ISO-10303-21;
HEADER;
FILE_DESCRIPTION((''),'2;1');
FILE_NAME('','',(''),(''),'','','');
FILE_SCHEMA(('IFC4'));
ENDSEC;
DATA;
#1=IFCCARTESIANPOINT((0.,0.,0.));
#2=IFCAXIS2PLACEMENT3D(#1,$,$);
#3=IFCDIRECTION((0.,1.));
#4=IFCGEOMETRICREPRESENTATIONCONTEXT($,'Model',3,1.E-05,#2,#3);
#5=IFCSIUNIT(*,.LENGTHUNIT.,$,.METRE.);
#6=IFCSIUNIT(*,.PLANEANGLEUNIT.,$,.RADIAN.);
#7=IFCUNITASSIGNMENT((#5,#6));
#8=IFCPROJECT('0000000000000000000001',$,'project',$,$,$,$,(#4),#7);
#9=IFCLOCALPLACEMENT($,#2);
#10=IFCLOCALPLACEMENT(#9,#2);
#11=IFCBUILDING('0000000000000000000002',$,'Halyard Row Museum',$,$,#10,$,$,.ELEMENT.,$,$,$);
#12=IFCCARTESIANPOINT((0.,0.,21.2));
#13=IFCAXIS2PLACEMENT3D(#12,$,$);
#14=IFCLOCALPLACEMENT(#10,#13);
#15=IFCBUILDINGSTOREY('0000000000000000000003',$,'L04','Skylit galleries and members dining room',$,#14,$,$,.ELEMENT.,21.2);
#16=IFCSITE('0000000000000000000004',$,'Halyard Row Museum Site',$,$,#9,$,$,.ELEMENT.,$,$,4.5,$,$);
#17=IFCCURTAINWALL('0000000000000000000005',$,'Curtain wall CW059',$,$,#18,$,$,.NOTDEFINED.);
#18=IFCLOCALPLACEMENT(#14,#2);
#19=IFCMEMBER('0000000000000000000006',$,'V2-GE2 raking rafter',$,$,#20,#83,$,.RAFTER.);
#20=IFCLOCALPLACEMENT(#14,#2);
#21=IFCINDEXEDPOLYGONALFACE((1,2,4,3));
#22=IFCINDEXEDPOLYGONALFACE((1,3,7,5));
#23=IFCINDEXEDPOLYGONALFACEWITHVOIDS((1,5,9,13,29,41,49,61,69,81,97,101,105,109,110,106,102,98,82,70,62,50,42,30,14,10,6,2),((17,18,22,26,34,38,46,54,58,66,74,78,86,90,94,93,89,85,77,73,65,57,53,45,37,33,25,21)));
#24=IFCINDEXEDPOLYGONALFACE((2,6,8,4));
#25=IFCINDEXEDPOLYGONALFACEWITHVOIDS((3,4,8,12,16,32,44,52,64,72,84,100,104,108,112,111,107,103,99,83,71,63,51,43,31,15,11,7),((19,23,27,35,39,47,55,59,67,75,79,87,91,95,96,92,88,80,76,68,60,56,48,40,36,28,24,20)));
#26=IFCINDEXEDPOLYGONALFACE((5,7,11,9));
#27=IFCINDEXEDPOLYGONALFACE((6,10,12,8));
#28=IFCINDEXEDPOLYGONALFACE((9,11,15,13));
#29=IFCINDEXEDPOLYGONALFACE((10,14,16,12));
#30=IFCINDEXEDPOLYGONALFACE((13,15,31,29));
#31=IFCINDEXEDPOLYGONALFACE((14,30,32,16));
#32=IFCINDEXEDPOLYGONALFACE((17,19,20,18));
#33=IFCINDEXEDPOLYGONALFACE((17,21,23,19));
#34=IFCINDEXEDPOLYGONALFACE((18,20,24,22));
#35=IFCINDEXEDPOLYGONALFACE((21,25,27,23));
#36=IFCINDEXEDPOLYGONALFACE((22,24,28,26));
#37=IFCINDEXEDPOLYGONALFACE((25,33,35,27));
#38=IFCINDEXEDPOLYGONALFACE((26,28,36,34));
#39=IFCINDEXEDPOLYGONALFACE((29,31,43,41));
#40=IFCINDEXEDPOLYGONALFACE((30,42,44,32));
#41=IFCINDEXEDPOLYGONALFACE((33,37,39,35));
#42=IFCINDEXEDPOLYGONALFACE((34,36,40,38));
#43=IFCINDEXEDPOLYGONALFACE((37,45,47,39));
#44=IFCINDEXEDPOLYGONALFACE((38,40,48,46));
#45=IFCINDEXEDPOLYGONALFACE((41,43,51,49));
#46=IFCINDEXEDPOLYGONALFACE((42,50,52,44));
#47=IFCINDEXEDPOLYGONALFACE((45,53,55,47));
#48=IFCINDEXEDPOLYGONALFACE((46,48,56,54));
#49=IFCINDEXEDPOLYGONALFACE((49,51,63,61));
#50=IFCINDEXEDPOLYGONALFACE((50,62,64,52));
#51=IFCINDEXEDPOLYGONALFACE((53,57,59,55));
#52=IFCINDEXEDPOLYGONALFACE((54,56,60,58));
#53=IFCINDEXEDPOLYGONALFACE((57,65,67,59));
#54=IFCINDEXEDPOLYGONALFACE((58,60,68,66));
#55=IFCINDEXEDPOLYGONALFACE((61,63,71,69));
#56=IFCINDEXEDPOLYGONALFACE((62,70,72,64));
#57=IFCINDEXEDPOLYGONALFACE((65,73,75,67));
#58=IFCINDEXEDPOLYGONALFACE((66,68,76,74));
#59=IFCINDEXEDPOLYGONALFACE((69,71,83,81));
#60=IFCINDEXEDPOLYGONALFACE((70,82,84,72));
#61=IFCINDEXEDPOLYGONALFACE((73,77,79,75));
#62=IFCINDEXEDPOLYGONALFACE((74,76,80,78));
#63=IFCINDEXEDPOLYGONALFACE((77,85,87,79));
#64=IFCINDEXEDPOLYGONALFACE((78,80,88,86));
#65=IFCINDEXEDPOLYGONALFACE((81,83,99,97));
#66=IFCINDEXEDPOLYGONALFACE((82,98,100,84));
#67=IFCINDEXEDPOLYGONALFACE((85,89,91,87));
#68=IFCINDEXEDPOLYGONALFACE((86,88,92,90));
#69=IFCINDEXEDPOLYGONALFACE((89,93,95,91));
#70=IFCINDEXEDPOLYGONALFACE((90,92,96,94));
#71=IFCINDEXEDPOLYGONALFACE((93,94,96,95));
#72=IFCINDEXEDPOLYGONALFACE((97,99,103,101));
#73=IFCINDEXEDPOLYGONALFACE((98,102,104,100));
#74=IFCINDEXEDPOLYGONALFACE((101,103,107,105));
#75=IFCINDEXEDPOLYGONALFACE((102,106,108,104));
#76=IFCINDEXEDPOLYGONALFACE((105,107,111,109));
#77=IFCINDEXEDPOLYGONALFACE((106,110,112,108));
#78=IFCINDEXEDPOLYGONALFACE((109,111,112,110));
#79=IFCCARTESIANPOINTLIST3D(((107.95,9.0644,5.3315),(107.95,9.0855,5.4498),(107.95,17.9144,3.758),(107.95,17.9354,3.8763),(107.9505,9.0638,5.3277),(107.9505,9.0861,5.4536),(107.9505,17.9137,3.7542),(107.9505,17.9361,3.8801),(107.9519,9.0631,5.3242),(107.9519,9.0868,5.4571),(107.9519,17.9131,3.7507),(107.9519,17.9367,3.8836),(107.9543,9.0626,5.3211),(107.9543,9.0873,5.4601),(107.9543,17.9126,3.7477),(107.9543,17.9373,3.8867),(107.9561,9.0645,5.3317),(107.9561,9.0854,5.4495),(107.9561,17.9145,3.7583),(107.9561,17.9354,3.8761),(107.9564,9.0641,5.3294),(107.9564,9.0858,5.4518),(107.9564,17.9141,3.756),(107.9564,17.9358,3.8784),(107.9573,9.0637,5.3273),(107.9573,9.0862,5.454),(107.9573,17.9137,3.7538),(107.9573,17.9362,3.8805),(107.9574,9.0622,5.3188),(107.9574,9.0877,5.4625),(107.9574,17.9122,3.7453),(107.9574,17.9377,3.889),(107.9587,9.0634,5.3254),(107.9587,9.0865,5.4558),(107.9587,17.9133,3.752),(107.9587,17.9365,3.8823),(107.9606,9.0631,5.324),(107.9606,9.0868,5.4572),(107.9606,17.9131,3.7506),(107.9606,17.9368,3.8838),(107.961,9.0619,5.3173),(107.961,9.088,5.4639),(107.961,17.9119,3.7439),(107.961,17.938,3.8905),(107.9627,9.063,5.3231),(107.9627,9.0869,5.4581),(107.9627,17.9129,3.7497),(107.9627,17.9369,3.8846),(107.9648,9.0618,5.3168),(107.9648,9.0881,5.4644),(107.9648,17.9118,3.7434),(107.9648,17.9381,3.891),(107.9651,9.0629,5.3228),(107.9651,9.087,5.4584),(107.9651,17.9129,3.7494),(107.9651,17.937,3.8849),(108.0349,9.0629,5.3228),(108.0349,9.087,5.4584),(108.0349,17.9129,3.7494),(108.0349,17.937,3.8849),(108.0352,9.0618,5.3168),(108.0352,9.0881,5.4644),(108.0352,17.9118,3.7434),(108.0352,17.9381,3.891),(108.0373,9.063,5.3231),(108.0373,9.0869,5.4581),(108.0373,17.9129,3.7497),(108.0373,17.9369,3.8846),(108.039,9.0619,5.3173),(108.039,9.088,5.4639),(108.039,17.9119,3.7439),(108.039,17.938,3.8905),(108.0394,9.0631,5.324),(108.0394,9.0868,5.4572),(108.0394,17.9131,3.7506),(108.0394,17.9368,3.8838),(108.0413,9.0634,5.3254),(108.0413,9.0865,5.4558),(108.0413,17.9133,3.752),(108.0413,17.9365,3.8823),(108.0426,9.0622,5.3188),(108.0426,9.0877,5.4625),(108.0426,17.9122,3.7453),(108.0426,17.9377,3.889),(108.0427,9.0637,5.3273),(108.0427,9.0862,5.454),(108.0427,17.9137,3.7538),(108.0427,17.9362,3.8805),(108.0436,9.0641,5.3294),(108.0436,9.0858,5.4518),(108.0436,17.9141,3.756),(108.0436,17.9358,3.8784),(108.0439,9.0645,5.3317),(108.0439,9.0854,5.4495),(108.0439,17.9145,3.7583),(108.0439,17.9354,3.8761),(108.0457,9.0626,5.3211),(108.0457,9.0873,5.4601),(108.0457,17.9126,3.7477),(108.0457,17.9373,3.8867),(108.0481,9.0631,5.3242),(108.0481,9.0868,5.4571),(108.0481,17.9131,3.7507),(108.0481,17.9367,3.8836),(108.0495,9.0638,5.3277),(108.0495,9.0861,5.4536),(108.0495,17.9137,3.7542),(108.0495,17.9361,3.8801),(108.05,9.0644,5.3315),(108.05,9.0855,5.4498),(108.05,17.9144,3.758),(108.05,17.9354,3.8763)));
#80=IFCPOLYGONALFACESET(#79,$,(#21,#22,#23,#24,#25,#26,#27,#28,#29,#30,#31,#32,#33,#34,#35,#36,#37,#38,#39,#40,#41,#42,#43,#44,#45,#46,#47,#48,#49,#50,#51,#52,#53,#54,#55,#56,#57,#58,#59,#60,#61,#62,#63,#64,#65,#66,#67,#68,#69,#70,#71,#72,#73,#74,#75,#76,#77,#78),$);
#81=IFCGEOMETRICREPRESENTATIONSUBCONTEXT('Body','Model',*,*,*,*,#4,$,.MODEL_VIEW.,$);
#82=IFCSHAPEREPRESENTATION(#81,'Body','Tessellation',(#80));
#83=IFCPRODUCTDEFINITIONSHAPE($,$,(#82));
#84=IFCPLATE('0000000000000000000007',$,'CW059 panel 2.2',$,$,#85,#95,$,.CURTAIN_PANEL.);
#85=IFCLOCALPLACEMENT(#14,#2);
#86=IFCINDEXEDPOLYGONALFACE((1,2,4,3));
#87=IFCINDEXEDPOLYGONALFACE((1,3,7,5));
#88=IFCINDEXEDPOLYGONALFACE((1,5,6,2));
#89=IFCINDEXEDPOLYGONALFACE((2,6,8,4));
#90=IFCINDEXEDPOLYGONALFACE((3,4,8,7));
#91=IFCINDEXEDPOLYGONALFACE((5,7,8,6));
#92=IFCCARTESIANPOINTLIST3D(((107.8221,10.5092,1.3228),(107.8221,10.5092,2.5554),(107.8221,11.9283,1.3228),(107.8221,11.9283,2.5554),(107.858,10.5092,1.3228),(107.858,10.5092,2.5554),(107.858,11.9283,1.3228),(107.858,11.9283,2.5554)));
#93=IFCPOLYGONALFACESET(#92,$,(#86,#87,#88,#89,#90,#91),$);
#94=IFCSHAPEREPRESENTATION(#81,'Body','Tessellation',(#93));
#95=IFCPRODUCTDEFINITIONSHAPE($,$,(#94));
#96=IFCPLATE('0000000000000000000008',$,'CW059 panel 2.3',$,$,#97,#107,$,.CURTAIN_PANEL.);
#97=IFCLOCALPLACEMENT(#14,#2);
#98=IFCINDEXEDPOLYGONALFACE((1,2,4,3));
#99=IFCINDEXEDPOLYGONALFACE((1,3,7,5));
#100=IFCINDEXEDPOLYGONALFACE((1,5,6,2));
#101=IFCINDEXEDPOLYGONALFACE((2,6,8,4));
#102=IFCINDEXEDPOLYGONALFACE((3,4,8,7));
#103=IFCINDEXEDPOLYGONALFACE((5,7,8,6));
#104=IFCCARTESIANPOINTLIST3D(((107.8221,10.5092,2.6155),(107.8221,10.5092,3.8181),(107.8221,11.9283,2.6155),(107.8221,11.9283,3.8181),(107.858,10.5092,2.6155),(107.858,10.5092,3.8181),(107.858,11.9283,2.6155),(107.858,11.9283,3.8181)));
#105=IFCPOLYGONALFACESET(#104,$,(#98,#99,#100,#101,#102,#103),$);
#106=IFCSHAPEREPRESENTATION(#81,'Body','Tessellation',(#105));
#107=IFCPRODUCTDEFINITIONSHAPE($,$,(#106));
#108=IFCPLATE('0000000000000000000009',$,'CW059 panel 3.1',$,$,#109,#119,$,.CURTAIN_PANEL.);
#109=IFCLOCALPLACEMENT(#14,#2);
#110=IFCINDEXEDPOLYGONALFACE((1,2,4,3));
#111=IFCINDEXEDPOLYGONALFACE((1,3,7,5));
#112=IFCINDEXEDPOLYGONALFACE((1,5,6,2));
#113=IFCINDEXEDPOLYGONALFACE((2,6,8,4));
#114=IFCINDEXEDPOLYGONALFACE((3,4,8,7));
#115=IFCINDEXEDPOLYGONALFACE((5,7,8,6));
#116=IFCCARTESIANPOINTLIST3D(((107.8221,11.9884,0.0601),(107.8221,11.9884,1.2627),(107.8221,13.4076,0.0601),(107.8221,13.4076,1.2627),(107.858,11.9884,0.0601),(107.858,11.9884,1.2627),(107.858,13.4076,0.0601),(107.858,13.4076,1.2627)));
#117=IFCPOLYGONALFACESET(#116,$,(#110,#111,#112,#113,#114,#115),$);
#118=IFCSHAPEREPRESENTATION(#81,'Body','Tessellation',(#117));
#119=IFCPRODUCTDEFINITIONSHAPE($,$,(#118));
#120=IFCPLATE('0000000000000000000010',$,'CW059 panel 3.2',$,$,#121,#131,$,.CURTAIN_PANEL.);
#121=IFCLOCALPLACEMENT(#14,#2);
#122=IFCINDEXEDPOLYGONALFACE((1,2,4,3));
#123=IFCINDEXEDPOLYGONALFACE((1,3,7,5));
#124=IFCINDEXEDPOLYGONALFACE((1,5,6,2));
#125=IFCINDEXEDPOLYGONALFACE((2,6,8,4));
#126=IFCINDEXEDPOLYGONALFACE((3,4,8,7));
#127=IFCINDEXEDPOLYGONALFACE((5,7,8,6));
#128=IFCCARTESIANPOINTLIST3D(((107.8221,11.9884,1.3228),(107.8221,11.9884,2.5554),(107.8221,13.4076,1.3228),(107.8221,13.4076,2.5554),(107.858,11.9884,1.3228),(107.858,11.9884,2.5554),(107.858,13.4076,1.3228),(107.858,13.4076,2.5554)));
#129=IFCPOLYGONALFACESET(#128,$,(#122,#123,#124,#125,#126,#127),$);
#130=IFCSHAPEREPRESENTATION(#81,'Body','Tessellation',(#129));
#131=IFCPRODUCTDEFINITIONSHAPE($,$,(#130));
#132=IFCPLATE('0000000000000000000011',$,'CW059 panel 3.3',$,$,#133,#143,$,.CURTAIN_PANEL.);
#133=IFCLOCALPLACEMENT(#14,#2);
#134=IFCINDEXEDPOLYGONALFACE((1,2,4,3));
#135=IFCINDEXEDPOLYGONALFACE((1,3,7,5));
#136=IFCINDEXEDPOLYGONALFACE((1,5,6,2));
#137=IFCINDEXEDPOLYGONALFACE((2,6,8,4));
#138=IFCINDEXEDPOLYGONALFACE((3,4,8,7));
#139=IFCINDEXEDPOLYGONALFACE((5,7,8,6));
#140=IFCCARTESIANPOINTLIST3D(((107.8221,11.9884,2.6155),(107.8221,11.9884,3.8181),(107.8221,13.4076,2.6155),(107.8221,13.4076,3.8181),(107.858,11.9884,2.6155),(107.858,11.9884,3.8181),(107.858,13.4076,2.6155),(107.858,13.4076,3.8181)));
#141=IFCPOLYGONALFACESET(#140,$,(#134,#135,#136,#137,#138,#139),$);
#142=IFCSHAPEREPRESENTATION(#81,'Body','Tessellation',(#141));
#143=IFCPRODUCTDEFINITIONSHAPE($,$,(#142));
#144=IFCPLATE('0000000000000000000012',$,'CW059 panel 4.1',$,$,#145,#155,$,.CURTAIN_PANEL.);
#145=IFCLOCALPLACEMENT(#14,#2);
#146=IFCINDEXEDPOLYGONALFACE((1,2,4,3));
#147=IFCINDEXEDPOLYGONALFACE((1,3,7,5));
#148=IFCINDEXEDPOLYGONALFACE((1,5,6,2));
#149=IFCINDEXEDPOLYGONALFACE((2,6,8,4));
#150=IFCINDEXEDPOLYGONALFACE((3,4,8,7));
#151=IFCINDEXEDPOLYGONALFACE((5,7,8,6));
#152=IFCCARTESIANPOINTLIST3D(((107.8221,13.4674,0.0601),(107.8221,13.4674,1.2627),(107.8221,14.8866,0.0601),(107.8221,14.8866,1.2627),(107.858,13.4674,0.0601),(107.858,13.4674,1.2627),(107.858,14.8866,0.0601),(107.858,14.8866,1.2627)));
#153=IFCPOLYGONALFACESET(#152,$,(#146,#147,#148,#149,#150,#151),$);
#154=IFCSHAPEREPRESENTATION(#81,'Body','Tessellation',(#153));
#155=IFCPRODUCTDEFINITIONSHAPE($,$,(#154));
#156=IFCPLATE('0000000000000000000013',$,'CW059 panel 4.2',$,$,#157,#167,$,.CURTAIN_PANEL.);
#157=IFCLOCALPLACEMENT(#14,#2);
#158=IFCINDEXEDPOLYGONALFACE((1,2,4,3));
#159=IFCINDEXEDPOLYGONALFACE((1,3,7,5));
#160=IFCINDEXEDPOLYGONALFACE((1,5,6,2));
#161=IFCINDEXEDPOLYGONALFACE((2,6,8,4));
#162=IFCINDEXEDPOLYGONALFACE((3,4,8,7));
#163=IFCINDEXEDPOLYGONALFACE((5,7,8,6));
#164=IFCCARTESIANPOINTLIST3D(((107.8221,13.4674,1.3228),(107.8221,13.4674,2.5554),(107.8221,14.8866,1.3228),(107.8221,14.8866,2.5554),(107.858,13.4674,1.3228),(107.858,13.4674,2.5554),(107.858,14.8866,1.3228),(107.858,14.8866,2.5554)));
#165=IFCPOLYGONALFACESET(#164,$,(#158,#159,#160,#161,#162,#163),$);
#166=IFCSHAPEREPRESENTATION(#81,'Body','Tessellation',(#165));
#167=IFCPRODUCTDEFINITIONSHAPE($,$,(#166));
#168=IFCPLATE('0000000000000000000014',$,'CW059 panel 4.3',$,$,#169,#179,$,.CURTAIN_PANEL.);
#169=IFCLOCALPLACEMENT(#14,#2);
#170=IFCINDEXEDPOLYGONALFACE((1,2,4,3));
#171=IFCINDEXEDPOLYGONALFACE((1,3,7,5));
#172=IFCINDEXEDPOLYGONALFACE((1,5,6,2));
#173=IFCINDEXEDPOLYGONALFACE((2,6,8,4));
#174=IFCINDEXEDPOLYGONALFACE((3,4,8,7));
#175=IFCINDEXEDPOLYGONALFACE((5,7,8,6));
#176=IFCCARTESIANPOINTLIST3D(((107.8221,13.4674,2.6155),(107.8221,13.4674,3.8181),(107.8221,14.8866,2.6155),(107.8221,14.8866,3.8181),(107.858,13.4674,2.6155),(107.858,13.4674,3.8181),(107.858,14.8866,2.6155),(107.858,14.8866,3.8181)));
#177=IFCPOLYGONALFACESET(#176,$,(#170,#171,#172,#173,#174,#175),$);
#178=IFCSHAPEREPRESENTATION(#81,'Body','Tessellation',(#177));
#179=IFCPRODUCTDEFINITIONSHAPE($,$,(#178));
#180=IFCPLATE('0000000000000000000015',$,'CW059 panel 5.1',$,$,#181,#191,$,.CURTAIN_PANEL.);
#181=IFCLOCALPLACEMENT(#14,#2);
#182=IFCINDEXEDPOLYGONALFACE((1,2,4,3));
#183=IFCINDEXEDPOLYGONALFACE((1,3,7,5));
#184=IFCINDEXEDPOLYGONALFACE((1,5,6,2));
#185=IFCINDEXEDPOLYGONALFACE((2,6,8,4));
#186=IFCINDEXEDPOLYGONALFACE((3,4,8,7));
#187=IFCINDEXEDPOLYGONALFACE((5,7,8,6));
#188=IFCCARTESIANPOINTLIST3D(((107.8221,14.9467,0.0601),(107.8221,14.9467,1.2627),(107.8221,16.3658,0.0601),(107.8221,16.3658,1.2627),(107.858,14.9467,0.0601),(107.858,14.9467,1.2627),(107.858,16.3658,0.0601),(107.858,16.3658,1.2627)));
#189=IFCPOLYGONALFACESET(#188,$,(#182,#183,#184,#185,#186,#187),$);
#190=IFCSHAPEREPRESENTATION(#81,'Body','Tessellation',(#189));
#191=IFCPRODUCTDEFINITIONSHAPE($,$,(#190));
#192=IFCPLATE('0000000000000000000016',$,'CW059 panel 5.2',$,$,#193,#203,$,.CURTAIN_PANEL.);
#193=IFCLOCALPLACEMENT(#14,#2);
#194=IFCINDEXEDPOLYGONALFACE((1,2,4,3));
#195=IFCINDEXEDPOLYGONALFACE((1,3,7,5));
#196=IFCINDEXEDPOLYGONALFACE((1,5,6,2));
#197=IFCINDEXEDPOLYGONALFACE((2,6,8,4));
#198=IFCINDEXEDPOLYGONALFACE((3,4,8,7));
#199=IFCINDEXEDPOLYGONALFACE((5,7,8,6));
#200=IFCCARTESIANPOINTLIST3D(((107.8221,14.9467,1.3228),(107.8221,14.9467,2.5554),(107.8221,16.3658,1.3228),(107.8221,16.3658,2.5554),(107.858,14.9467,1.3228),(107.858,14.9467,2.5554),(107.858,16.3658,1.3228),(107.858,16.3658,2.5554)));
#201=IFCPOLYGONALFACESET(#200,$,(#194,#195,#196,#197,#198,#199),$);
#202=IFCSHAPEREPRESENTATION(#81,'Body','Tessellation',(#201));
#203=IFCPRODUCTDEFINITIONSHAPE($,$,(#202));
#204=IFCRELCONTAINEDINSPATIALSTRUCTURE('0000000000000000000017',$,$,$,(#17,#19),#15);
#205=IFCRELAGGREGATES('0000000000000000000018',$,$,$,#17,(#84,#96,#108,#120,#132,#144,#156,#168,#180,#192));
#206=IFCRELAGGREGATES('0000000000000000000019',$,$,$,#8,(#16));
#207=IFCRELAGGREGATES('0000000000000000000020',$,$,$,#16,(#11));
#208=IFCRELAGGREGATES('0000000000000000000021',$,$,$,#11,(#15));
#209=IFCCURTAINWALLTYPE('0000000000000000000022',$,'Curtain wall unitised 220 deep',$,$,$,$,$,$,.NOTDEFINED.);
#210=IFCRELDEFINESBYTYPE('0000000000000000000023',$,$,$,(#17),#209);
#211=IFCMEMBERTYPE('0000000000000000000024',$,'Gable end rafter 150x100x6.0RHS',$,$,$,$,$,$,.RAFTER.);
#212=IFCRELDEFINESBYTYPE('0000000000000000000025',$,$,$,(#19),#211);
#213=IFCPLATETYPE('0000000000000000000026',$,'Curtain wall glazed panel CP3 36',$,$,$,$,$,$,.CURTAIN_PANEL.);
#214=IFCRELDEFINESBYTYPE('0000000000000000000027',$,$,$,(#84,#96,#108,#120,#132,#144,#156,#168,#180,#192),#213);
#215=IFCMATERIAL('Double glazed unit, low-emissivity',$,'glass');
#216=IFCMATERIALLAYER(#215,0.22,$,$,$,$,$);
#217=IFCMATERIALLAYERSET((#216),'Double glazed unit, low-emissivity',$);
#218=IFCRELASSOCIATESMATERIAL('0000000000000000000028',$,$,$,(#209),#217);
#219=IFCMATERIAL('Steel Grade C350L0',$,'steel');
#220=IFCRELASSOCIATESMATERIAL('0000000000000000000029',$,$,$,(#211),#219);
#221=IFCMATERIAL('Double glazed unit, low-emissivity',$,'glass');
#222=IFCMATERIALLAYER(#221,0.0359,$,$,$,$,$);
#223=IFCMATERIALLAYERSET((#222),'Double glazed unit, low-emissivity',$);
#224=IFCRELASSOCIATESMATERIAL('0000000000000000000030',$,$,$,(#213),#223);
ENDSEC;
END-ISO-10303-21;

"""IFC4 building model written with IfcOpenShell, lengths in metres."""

from ifc_helpers import new_model, si_unit, direction, frame, origin, origin_2d, place, context, subcontext, project, spatial, rectangle, hollow_rectangle, extrude, material, layer, layer_set, material_profile, profile_set, type_object, element, aggregate, save


model = new_model("IFC4")

# Units and contexts
model_context = context("Model", 3, precision=1e-05, world=origin(), true_north=direction((0.0, 1.0)))
body_context = subcontext(model_context, "Body", "Model", "MODEL_VIEW")
ifc_project = project(units=[si_unit("LENGTHUNIT", "METRE"), si_unit("PLANEANGLEUNIT", "RADIAN")], contexts=[model_context])

# Site, building, storey
site_placement = place(None, origin())
site = spatial("IfcSite", under=ifc_project, at=site_placement, Name="Halyard Row Museum Site", CompositionType="ELEMENT", RefElevation=4.5)
building_placement = place(site_placement, origin())
building = spatial("IfcBuilding", under=site, at=building_placement, Name="Halyard Row Museum", CompositionType="ELEMENT")
storey_placement = place(building_placement, frame((0.0, 0.0, 21.2)))
storey = spatial("IfcBuildingStorey", under=building, at=storey_placement, Name="L04", Description="Skylit galleries and members dining room", CompositionType="ELEMENT", Elevation=21.2)

# Curtain wall
ifc_material_1 = material(Name="Double glazed unit, low-emissivity", Category="glass")
ifc_layer_1 = layer(ifc_material_1, 0.22)
ifc_layer_set_1 = layer_set([ifc_layer_1], Name="Double glazed unit, low-emissivity")
curtain_wall_type = type_object("IfcCurtainWallType", Name="Curtain wall unitised 220 deep", PredefinedType="NOTDEFINED", material=ifc_layer_set_1)
curtain_wall_placement = place(storey_placement, origin())
curtain_wall = element("IfcCurtainWall", 1, at=curtain_wall_placement, inside=storey, type_object=curtain_wall_type, Name="Curtain wall CW059", PredefinedType="NOTDEFINED")

# Member
ifc_material_2 = material(Name="Steel Grade C350L0", Category="steel")
ifc_material_profile_1 = material_profile(ifc_material_2, hollow_rectangle(XDim=0.1001, YDim=0.1499, WallThickness=0.0061, InnerFilletRadius=0.009, OuterFilletRadius=0.0149, at=origin_2d()), Name="150x100x6.0RHS")
ifc_profile_set_1 = profile_set([ifc_material_profile_1], Name="Steel Grade C350L0")
member_type_1 = type_object("IfcMemberType", Name="Gable end rafter 150x100x6.0RHS", PredefinedType="RAFTER", material=ifc_profile_set_1)
member_1_placement = place(storey_placement, frame((108.0, 9.075, 5.3906), z_axis=(0.0, 0.98456, -0.175048), x_axis=(-1.0, 0.0, 0.0)))
element("IfcMember", 2, at=member_1_placement, inside=storey, type_object=member_type_1, Name="V2-GE2 raking rafter", PredefinedType="RAFTER", context=body_context, shape_type="SweptSolid", body=[
    extrude(hollow_rectangle(XDim=0.1001, YDim=0.1499, WallThickness=0.0061, InnerFilletRadius=0.009, OuterFilletRadius=0.0149, at=origin_2d()), origin(), (0.0, 0.0, 1.0), 8.9888),
])

# Plates
ifc_material_3 = material(Name="Double glazed unit, low-emissivity", Category="glass")
ifc_layer_2 = layer(ifc_material_3, 0.0359)
ifc_layer_set_2 = layer_set([ifc_layer_2], Name="Double glazed unit, low-emissivity")
plate_type = type_object("IfcPlateType", Name="Curtain wall glazed panel CP3 36", PredefinedType="CURTAIN_PANEL", material=ifc_layer_set_2)
plate_1_placement = place(storey_placement, frame((107.8401, 11.2188, 1.3228), z_axis=(0.0, 0.0, 1.0), x_axis=(0.0, 1.0, 0.0)))
plate_1 = element("IfcPlate", 3, at=plate_1_placement, type_object=plate_type, Name="CW059 panel 2.2", PredefinedType="CURTAIN_PANEL", context=body_context, shape_type="SweptSolid", body=[
    extrude(rectangle(XDim=1.4192, YDim=0.0359, at=origin_2d()), origin(), (0.0, 0.0, 1.0), 1.2327),
])
plate_2_placement = place(storey_placement, frame((107.8401, 11.2188, 2.6155), z_axis=(0.0, 0.0, 1.0), x_axis=(0.0, 1.0, 0.0)))
plate_2 = element("IfcPlate", 4, at=plate_2_placement, type_object=plate_type, Name="CW059 panel 2.3", PredefinedType="CURTAIN_PANEL", context=body_context, shape_type="SweptSolid", body=[
    extrude(rectangle(XDim=1.4192, YDim=0.0359, at=origin_2d()), origin(), (0.0, 0.0, 1.0), 1.2026),
])
plate_3_placement = place(storey_placement, frame((107.8401, 12.698, 0.0601), z_axis=(0.0, 0.0, 1.0), x_axis=(0.0, 1.0, 0.0)))
plate_3 = element("IfcPlate", 5, at=plate_3_placement, type_object=plate_type, Name="CW059 panel 3.1", PredefinedType="CURTAIN_PANEL", context=body_context, shape_type="SweptSolid", body=[
    extrude(rectangle(XDim=1.4192, YDim=0.0359, at=origin_2d()), origin(), (0.0, 0.0, 1.0), 1.2026),
])
plate_4_placement = place(storey_placement, frame((107.8401, 12.698, 1.3228), z_axis=(0.0, 0.0, 1.0), x_axis=(0.0, 1.0, 0.0)))
plate_4 = element("IfcPlate", 6, at=plate_4_placement, type_object=plate_type, Name="CW059 panel 3.2", PredefinedType="CURTAIN_PANEL", context=body_context, shape_type="SweptSolid", body=[
    extrude(rectangle(XDim=1.4192, YDim=0.0359, at=origin_2d()), origin(), (0.0, 0.0, 1.0), 1.2327),
])
plate_5_placement = place(storey_placement, frame((107.8401, 12.698, 2.6155), z_axis=(0.0, 0.0, 1.0), x_axis=(0.0, 1.0, 0.0)))
plate_5 = element("IfcPlate", 7, at=plate_5_placement, type_object=plate_type, Name="CW059 panel 3.3", PredefinedType="CURTAIN_PANEL", context=body_context, shape_type="SweptSolid", body=[
    extrude(rectangle(XDim=1.4192, YDim=0.0359, at=origin_2d()), origin(), (0.0, 0.0, 1.0), 1.2026),
])
plate_6_placement = place(storey_placement, frame((107.8401, 14.177, 0.0601), z_axis=(0.0, 0.0, 1.0), x_axis=(0.0, 1.0, 0.0)))
plate_6 = element("IfcPlate", 8, at=plate_6_placement, type_object=plate_type, Name="CW059 panel 4.1", PredefinedType="CURTAIN_PANEL", context=body_context, shape_type="SweptSolid", body=[
    extrude(rectangle(XDim=1.4192, YDim=0.0359, at=origin_2d()), origin(), (0.0, 0.0, 1.0), 1.2026),
])
plate_7_placement = place(storey_placement, frame((107.8401, 14.177, 1.3228), z_axis=(0.0, 0.0, 1.0), x_axis=(0.0, 1.0, 0.0)))
plate_7 = element("IfcPlate", 9, at=plate_7_placement, type_object=plate_type, Name="CW059 panel 4.2", PredefinedType="CURTAIN_PANEL", context=body_context, shape_type="SweptSolid", body=[
    extrude(rectangle(XDim=1.4192, YDim=0.0359, at=origin_2d()), origin(), (0.0, 0.0, 1.0), 1.2327),
])
plate_8_placement = place(storey_placement, frame((107.8401, 14.177, 2.6155), z_axis=(0.0, 0.0, 1.0), x_axis=(0.0, 1.0, 0.0)))
plate_8 = element("IfcPlate", 10, at=plate_8_placement, type_object=plate_type, Name="CW059 panel 4.3", PredefinedType="CURTAIN_PANEL", context=body_context, shape_type="SweptSolid", body=[
    extrude(rectangle(XDim=1.4192, YDim=0.0359, at=origin_2d()), origin(), (0.0, 0.0, 1.0), 1.2026),
])
plate_9_placement = place(storey_placement, frame((107.8401, 15.6562, 0.0601), z_axis=(0.0, 0.0, 1.0), x_axis=(0.0, 1.0, 0.0)))
plate_9 = element("IfcPlate", 11, at=plate_9_placement, type_object=plate_type, Name="CW059 panel 5.1", PredefinedType="CURTAIN_PANEL", context=body_context, shape_type="SweptSolid", body=[
    extrude(rectangle(XDim=1.4192, YDim=0.0359, at=origin_2d()), origin(), (0.0, 0.0, 1.0), 1.2026),
])
plate_10_placement = place(storey_placement, frame((107.8401, 15.6562, 1.3228), z_axis=(0.0, 0.0, 1.0), x_axis=(0.0, 1.0, 0.0)))
plate_10 = element("IfcPlate", 12, at=plate_10_placement, type_object=plate_type, Name="CW059 panel 5.2", PredefinedType="CURTAIN_PANEL", context=body_context, shape_type="SweptSolid", body=[
    extrude(rectangle(XDim=1.4192, YDim=0.0359, at=origin_2d()), origin(), (0.0, 0.0, 1.0), 1.2327),
])
aggregate(curtain_wall, [plate_1, plate_2, plate_3, plate_4, plate_5, plate_6, plate_7, plate_8, plate_9, plate_10])

save(model, "model.ifc")
